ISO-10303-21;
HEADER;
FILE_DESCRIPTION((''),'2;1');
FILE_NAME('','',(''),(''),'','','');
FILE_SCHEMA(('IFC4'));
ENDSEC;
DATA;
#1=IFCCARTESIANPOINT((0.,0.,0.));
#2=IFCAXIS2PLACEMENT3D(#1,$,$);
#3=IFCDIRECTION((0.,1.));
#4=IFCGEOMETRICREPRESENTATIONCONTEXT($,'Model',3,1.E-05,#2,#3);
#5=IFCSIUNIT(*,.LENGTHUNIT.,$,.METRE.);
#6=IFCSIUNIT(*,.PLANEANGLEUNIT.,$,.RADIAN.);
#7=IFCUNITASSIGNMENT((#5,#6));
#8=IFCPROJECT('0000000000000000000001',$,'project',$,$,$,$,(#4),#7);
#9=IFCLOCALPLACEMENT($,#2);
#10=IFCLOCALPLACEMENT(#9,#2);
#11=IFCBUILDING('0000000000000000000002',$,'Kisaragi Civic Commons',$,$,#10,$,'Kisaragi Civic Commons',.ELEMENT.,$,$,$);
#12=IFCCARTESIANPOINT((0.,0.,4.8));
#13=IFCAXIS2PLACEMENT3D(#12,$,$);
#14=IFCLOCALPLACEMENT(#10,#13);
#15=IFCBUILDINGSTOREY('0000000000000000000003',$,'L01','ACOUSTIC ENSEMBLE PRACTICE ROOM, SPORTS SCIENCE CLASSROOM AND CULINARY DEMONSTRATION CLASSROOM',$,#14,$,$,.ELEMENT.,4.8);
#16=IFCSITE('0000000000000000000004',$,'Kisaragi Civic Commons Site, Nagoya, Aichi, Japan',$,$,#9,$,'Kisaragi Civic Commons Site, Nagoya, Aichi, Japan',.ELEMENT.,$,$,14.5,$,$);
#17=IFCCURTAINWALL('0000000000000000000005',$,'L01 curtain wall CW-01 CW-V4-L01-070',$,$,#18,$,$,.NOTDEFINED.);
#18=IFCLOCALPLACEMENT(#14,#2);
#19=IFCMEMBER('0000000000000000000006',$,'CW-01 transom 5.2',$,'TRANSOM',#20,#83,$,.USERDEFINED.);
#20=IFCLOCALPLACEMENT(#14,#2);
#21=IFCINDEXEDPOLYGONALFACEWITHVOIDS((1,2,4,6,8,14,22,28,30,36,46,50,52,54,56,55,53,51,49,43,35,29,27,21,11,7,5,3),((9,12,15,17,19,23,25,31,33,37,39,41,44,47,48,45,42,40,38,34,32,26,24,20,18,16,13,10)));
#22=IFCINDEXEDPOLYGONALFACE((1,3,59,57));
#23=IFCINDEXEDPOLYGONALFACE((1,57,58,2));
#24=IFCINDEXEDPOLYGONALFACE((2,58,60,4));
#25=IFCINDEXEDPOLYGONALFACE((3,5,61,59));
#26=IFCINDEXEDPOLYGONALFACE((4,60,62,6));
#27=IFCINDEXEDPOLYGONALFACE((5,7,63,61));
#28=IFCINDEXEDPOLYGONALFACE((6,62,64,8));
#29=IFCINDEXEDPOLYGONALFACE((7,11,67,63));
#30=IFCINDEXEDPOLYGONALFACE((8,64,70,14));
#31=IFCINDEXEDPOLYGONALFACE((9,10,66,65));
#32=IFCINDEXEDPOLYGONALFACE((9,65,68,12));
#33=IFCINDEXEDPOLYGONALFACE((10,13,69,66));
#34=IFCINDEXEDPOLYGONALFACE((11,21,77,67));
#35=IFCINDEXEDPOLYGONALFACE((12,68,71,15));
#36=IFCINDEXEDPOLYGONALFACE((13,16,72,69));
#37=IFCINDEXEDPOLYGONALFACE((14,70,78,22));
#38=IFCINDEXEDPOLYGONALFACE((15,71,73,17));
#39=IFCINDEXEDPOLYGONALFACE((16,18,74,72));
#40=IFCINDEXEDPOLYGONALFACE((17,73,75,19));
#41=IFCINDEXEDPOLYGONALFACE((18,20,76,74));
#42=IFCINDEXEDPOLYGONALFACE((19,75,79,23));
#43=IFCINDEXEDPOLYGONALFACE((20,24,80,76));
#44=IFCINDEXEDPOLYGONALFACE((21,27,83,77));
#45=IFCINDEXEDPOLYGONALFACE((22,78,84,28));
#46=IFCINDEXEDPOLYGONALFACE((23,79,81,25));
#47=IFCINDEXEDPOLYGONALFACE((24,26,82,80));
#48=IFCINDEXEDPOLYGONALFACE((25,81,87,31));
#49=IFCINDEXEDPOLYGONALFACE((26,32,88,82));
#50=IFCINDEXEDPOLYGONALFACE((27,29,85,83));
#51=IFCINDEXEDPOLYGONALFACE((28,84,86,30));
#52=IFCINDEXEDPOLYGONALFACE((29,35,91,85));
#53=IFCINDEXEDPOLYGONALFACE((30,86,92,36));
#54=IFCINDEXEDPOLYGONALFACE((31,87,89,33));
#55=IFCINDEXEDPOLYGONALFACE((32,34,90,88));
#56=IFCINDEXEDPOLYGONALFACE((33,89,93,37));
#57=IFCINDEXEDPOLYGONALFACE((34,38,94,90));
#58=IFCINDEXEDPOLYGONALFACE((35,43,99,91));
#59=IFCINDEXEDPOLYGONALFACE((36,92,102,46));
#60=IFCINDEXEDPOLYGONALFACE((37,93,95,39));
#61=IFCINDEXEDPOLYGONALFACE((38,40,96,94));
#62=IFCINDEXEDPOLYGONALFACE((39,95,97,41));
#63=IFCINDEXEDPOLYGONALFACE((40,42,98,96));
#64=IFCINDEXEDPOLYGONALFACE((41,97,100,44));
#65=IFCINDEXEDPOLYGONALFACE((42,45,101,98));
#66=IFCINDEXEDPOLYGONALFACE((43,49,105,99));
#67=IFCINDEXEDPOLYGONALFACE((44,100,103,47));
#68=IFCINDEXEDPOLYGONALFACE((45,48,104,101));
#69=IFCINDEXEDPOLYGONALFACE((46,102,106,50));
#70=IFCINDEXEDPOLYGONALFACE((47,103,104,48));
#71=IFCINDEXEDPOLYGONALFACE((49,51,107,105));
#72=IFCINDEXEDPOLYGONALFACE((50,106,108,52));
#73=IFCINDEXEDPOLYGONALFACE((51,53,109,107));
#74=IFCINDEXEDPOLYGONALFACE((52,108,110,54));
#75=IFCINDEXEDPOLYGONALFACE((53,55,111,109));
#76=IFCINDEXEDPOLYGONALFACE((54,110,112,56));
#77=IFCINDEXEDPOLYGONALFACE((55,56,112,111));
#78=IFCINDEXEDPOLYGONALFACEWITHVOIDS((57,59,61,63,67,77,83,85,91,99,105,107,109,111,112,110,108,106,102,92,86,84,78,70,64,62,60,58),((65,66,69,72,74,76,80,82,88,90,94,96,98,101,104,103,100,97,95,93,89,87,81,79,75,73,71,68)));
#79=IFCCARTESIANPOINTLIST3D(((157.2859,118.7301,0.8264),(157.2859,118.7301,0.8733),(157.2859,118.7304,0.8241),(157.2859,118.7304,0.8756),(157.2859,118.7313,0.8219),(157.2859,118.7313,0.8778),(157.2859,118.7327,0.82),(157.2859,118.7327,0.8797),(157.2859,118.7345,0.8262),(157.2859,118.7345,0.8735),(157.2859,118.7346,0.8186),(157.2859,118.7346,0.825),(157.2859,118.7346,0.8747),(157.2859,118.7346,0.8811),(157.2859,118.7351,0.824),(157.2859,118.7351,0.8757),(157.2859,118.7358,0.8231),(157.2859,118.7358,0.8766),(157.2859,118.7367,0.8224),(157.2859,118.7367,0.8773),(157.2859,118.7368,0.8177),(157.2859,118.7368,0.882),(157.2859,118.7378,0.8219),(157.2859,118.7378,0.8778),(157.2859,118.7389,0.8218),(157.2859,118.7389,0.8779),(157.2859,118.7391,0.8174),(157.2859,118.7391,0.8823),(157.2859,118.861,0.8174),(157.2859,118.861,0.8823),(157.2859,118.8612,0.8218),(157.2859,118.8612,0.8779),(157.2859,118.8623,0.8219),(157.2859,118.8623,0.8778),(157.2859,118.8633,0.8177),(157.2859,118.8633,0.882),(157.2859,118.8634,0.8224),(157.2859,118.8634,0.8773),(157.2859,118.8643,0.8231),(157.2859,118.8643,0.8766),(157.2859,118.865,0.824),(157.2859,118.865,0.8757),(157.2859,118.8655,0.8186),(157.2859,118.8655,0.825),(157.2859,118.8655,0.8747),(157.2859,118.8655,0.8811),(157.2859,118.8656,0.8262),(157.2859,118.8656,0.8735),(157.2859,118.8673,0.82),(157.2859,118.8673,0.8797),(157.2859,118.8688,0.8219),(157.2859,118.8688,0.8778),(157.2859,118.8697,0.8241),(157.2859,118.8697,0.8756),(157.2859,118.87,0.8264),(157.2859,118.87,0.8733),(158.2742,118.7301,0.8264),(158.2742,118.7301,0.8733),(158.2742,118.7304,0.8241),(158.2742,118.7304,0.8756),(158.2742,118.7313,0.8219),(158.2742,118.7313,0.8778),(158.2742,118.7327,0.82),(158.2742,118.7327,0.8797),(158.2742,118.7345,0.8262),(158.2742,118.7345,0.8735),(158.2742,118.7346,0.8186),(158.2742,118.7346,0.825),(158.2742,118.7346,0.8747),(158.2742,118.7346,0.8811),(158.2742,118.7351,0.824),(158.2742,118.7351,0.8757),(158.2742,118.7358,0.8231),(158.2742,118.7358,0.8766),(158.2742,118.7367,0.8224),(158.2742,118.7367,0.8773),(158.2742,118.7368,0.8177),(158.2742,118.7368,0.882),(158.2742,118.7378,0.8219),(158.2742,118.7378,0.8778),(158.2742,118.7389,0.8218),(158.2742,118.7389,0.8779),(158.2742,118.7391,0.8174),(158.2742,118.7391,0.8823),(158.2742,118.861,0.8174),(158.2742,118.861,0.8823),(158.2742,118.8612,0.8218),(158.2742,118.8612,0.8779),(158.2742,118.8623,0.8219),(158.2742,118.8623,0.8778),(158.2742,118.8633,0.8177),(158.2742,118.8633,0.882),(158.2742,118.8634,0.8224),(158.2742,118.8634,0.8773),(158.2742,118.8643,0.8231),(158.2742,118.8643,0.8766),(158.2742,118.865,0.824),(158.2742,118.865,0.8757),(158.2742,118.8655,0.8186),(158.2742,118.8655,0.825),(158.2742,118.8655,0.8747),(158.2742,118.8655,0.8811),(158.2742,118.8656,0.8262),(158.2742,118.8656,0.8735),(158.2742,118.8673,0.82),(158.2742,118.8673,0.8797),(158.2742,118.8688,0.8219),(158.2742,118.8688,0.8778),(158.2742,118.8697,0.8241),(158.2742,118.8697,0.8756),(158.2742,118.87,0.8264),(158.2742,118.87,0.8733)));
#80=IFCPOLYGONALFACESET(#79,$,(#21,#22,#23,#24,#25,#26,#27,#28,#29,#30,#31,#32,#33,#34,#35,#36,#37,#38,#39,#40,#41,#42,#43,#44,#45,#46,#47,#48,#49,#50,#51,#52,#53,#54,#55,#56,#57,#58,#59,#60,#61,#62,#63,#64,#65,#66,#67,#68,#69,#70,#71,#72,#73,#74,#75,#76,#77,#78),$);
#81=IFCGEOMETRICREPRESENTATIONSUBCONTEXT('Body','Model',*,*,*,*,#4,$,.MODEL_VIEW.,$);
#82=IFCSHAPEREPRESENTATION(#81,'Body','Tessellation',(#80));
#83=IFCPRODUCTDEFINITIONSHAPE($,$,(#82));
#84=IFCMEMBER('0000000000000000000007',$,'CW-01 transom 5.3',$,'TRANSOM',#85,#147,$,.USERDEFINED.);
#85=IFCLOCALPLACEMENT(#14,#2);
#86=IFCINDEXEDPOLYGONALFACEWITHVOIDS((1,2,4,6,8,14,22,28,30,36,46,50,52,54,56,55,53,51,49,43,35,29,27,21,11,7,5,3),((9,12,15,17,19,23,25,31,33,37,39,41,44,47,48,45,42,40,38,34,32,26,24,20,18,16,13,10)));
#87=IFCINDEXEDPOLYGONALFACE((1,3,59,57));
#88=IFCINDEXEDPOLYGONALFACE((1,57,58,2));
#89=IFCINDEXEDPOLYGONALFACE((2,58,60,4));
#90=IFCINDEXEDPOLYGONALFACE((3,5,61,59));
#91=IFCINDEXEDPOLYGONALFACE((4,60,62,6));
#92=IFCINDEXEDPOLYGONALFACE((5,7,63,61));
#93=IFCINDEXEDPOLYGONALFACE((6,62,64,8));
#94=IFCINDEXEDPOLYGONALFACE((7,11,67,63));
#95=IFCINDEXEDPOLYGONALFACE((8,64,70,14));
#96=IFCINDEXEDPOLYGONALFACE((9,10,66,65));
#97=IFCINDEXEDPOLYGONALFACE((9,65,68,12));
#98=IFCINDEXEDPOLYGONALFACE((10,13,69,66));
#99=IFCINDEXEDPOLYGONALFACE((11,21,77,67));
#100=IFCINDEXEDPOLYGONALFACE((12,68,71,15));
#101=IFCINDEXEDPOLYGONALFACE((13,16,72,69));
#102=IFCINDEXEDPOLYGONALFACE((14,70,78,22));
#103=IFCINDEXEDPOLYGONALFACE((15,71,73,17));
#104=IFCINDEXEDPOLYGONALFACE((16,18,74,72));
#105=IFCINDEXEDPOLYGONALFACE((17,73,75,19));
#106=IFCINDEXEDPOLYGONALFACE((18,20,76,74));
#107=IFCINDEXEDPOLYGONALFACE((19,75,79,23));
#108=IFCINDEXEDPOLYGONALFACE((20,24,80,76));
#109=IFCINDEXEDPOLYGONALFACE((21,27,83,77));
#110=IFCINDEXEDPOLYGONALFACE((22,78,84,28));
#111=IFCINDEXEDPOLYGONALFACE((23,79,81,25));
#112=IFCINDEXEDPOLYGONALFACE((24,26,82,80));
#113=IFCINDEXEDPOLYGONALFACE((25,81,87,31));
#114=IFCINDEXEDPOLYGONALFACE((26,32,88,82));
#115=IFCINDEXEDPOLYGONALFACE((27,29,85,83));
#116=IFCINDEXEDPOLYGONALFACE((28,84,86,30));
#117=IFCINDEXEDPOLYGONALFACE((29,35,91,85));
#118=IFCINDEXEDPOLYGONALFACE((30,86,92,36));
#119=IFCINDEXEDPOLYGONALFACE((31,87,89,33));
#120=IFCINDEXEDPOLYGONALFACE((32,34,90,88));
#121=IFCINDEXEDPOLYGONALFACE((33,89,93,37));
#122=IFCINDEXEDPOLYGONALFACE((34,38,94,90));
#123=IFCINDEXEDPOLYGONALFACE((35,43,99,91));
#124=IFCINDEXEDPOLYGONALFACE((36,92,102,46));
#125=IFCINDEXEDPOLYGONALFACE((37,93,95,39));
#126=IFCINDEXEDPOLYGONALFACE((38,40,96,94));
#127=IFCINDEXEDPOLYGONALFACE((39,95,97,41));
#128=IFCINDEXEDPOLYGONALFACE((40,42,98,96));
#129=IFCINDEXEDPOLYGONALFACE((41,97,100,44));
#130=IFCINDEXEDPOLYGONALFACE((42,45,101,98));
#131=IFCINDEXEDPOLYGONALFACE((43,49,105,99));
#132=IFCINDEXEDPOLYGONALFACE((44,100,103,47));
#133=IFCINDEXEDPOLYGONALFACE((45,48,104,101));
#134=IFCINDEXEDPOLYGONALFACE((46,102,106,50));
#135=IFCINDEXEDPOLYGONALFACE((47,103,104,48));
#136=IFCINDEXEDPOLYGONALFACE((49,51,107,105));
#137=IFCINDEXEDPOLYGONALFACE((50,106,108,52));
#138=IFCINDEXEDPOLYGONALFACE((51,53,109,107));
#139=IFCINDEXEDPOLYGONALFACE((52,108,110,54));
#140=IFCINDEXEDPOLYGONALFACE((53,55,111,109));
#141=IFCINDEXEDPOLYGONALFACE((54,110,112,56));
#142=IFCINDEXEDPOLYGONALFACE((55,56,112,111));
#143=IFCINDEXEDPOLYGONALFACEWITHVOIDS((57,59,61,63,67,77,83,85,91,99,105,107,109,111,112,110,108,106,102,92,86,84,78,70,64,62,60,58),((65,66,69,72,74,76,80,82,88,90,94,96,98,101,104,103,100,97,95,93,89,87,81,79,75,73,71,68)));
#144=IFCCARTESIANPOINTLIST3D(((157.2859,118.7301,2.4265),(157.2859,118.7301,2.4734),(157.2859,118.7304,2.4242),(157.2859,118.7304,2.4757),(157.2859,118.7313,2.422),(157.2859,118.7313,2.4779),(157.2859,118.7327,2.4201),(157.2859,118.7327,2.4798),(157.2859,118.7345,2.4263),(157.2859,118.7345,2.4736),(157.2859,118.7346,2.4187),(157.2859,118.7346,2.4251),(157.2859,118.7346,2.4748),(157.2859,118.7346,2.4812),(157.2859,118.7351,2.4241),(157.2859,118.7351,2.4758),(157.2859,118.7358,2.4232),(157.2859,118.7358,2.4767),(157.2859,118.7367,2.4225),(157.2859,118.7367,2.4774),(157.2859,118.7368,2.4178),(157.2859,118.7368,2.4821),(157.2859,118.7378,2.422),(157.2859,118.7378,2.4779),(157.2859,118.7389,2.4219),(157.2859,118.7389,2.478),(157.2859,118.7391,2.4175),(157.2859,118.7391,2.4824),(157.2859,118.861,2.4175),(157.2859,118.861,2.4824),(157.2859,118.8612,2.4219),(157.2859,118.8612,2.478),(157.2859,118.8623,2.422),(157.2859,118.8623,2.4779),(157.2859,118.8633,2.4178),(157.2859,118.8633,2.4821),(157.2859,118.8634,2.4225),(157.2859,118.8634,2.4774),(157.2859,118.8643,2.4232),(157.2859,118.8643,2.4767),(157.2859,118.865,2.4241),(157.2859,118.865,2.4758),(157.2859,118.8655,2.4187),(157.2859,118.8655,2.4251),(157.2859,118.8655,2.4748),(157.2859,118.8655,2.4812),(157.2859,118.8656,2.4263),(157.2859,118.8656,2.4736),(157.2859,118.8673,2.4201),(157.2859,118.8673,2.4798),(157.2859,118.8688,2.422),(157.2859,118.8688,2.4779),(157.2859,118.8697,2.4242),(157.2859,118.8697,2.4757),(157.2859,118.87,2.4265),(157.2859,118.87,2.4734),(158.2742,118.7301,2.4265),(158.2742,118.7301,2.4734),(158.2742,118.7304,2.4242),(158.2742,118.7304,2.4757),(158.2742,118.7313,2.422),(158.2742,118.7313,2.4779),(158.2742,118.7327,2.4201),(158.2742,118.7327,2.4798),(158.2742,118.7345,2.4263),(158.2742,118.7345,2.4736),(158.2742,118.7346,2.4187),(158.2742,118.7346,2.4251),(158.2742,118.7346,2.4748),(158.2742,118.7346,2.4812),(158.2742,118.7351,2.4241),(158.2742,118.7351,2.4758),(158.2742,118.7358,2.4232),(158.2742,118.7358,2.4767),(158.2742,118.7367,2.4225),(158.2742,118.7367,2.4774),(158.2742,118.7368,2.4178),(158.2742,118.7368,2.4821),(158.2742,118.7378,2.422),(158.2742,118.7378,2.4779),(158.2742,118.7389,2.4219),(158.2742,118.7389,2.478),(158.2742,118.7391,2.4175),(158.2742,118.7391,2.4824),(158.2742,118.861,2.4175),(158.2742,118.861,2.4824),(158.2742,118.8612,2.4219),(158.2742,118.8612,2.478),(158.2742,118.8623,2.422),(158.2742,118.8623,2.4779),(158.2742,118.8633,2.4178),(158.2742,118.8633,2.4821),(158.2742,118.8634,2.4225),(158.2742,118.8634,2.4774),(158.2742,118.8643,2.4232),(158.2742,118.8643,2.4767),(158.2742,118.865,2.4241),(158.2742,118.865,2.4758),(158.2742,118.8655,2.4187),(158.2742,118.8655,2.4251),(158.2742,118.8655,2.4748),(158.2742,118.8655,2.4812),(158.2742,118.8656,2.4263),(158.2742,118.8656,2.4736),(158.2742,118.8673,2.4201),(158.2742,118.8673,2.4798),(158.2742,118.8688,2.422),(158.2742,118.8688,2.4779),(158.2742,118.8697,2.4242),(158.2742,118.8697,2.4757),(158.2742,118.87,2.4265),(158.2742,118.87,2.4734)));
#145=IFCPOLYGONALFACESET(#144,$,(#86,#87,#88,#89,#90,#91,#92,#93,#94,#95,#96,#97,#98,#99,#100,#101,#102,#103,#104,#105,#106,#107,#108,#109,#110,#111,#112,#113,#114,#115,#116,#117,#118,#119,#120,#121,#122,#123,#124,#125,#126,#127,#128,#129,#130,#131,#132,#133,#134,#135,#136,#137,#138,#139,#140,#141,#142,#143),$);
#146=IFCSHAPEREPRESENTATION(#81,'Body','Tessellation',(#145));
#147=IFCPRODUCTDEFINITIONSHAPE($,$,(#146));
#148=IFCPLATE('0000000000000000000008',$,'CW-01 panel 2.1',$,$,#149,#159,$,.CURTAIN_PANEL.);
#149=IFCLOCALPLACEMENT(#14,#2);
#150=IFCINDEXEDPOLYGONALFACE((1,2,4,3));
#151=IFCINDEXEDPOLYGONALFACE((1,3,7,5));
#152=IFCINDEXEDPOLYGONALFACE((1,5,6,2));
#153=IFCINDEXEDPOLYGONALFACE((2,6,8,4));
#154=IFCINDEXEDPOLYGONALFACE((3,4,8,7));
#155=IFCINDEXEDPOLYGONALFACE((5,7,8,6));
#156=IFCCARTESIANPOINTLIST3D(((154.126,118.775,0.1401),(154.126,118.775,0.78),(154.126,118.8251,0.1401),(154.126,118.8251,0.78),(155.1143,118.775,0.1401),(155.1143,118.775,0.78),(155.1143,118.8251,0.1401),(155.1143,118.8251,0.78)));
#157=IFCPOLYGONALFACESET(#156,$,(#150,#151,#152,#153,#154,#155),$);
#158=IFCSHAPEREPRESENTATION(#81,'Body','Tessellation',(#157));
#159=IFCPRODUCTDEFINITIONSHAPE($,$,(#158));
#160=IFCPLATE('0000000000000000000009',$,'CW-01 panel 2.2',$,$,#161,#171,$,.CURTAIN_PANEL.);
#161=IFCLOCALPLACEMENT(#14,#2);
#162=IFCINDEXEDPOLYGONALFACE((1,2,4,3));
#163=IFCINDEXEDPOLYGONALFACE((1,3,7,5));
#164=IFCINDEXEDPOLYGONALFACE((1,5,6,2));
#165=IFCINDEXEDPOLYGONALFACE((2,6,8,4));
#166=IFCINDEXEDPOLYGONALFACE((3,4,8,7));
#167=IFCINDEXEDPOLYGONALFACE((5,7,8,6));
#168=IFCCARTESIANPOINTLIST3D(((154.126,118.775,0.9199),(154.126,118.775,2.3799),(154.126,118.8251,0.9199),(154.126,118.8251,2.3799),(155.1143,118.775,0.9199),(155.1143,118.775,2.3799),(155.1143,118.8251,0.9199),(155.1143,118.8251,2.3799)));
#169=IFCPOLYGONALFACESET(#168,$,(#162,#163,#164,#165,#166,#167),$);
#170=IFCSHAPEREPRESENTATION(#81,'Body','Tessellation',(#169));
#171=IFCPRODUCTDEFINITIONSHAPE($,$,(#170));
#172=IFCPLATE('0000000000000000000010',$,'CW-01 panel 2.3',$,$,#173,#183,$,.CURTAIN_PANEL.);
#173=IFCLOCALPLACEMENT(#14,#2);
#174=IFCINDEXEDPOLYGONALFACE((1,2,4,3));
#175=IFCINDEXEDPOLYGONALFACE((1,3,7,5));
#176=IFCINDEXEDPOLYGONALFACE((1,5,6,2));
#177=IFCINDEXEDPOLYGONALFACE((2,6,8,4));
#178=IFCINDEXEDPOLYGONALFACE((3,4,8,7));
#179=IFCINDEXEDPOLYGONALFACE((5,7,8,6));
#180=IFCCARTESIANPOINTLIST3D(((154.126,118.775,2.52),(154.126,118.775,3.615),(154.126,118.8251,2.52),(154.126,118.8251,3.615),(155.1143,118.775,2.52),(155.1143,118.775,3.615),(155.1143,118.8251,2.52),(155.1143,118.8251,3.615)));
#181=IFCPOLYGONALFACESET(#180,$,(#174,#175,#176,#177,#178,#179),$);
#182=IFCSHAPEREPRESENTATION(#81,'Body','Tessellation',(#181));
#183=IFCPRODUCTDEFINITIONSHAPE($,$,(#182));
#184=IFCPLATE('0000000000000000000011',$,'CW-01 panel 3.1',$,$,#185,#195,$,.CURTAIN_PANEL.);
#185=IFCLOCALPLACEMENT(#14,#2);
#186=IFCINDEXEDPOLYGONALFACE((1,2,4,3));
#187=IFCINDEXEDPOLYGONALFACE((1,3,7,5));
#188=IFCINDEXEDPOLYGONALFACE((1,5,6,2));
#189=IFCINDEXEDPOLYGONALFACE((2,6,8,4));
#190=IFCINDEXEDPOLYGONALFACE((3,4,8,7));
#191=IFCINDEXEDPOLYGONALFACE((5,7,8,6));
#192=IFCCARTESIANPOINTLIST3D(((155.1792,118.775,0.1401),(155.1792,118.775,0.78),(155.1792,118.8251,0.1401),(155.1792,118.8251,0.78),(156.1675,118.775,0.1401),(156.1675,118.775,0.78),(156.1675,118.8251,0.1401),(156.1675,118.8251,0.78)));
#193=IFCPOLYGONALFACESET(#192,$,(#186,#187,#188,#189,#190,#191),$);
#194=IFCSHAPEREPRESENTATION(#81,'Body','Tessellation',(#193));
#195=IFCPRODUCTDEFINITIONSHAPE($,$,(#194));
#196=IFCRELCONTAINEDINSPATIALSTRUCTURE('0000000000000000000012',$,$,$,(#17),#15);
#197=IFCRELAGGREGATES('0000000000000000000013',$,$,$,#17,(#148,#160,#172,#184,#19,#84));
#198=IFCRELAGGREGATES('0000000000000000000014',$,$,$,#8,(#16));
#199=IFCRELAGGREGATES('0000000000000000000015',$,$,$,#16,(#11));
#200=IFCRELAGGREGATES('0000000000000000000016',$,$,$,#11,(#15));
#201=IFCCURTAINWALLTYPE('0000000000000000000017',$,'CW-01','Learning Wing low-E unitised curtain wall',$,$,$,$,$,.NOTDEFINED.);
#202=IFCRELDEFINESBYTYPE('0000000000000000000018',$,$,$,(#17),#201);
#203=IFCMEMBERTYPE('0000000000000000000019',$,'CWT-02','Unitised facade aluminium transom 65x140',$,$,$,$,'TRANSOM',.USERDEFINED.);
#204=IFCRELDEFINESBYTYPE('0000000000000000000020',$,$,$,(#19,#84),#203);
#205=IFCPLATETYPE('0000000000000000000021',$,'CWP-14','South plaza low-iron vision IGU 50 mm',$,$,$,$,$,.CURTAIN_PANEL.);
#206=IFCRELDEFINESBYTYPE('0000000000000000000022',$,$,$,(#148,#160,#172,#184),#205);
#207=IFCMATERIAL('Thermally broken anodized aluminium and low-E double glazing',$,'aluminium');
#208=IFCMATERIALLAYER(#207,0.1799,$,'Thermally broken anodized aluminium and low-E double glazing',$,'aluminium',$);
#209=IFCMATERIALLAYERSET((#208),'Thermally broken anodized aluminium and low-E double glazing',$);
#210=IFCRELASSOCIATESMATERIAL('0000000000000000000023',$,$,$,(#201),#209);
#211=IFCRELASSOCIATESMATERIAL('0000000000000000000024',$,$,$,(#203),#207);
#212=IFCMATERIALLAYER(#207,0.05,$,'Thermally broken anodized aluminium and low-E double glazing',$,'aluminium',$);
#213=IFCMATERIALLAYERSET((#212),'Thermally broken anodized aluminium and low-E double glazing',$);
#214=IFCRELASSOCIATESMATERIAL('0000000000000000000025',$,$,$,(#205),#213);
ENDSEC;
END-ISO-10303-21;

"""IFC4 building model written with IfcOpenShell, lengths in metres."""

from ifc_helpers import new_model, si_unit, direction, frame, origin, origin_2d, place, context, subcontext, project, spatial, rectangle, hollow_rectangle, extrude, material, layer, layer_set, material_profile, profile_set, type_object, element, aggregate, save


model = new_model("IFC4")

# Units and contexts
model_context = context("Model", 3, precision=1e-05, world=origin(), true_north=direction((0.0, 1.0)))
body_context = subcontext(model_context, "Body", "Model", "MODEL_VIEW")
ifc_project = project(units=[si_unit("LENGTHUNIT", "METRE"), si_unit("PLANEANGLEUNIT", "RADIAN")], contexts=[model_context])

# Site, building, storey
site_placement = place(None, origin())
site = spatial("IfcSite", under=ifc_project, at=site_placement, Name="Kisaragi Civic Commons Site, Nagoya, Aichi, Japan", LongName="Kisaragi Civic Commons Site, Nagoya, Aichi, Japan", CompositionType="ELEMENT", RefElevation=14.5)
building_placement = place(site_placement, origin())
building = spatial("IfcBuilding", under=site, at=building_placement, Name="Kisaragi Civic Commons", LongName="Kisaragi Civic Commons", CompositionType="ELEMENT")
storey_placement = place(building_placement, frame((0.0, 0.0, 4.8)))
storey = spatial("IfcBuildingStorey", under=building, at=storey_placement, Name="L01", Description="ACOUSTIC ENSEMBLE PRACTICE ROOM, SPORTS SCIENCE CLASSROOM AND CULINARY DEMONSTRATION CLASSROOM", CompositionType="ELEMENT", Elevation=4.8)

# Curtain wall, members, plates
ifc_material = material(Name="Thermally broken anodized aluminium and low-E double glazing", Category="aluminium")
ifc_layer_1 = layer(ifc_material, 0.1799, Name="Thermally broken anodized aluminium and low-E double glazing", Category="aluminium")
ifc_layer_set_1 = layer_set([ifc_layer_1], Name="Thermally broken anodized aluminium and low-E double glazing")
curtain_wall_type = type_object("IfcCurtainWallType", Name="CW-01", Description="Learning Wing low-E unitised curtain wall", PredefinedType="NOTDEFINED", material=ifc_layer_set_1)
curtain_wall_placement = place(storey_placement, origin())
curtain_wall = element("IfcCurtainWall", 1, at=curtain_wall_placement, inside=storey, type_object=curtain_wall_type, Name="L01 curtain wall CW-01 CW-V4-L01-070", PredefinedType="NOTDEFINED")
ifc_material_profile_1 = material_profile(ifc_material, hollow_rectangle(XDim=0.1399, YDim=0.0649, WallThickness=0.0044, InnerFilletRadius=0.0044, OuterFilletRadius=0.009, at=origin_2d()), Name="CWT-65x140x4.5", Category="aluminium")
ifc_profile_set_1 = profile_set([ifc_material_profile_1], Name="Thermally broken anodized aluminium and low-E double glazing")
member_type_1 = type_object("IfcMemberType", Name="CWT-02", Description="Unitised facade aluminium transom 65x140", ElementType="TRANSOM", PredefinedType="USERDEFINED", material=ifc_profile_set_1)
member_1_placement = place(storey_placement, frame((157.2859, 118.8, 0.8499), z_axis=(1.0, 0.0, 0.0), x_axis=(0.0, 1.0, 0.0)))
member_1 = element("IfcMember", 2, at=member_1_placement, type_object=member_type_1, Name="CW-01 transom 5.2", ObjectType="TRANSOM", PredefinedType="USERDEFINED", context=body_context, shape_type="SweptSolid", body=[
    extrude(hollow_rectangle(XDim=0.1399, YDim=0.0649, WallThickness=0.0044, InnerFilletRadius=0.0044, OuterFilletRadius=0.009, at=origin_2d()), origin(), (0.0, 0.0, 1.0), 0.9883),
])
member_2_placement = place(storey_placement, frame((157.2859, 118.8, 2.45), z_axis=(1.0, 0.0, 0.0), x_axis=(0.0, 1.0, 0.0)))
member_2 = element("IfcMember", 3, at=member_2_placement, type_object=member_type_1, Name="CW-01 transom 5.3", ObjectType="TRANSOM", PredefinedType="USERDEFINED", context=body_context, shape_type="SweptSolid", body=[
    extrude(hollow_rectangle(XDim=0.1399, YDim=0.0649, WallThickness=0.0044, InnerFilletRadius=0.0044, OuterFilletRadius=0.009, at=origin_2d()), origin(), (0.0, 0.0, 1.0), 0.9883),
])
ifc_layer_2 = layer(ifc_material, 0.05, Name="Thermally broken anodized aluminium and low-E double glazing", Category="aluminium")
ifc_layer_set_2 = layer_set([ifc_layer_2], Name="Thermally broken anodized aluminium and low-E double glazing")
plate_type = type_object("IfcPlateType", Name="CWP-14", Description="South plaza low-iron vision IGU 50 mm", PredefinedType="CURTAIN_PANEL", material=ifc_layer_set_2)
plate_1_placement = place(storey_placement, frame((154.6201, 118.8, 0.1401), z_axis=(0.0, 0.0, 1.0), x_axis=(1.0, 0.0, 0.0)))
plate_1 = element("IfcPlate", 4, at=plate_1_placement, type_object=plate_type, Name="CW-01 panel 2.1", PredefinedType="CURTAIN_PANEL", context=body_context, shape_type="SweptSolid", body=[
    extrude(rectangle(XDim=0.9883, YDim=0.05, at=origin_2d()), origin(), (0.0, 0.0, 1.0), 0.6399),
])
plate_2_placement = place(storey_placement, frame((154.6201, 118.8, 0.9199), z_axis=(0.0, 0.0, 1.0), x_axis=(1.0, 0.0, 0.0)))
plate_2 = element("IfcPlate", 5, at=plate_2_placement, type_object=plate_type, Name="CW-01 panel 2.2", PredefinedType="CURTAIN_PANEL", context=body_context, shape_type="SweptSolid", body=[
    extrude(rectangle(XDim=0.9883, YDim=0.05, at=origin_2d()), origin(), (0.0, 0.0, 1.0), 1.46),
])
plate_3_placement = place(storey_placement, frame((154.6201, 118.8, 2.52), z_axis=(0.0, 0.0, 1.0), x_axis=(1.0, 0.0, 0.0)))
plate_3 = element("IfcPlate", 6, at=plate_3_placement, type_object=plate_type, Name="CW-01 panel 2.3", PredefinedType="CURTAIN_PANEL", context=body_context, shape_type="SweptSolid", body=[
    extrude(rectangle(XDim=0.9883, YDim=0.05, at=origin_2d()), origin(), (0.0, 0.0, 1.0), 1.095),
])
plate_4_placement = place(storey_placement, frame((155.6733, 118.8, 0.1401), z_axis=(0.0, 0.0, 1.0), x_axis=(1.0, 0.0, 0.0)))
plate_4 = element("IfcPlate", 7, at=plate_4_placement, type_object=plate_type, Name="CW-01 panel 3.1", PredefinedType="CURTAIN_PANEL", context=body_context, shape_type="SweptSolid", body=[
    extrude(rectangle(XDim=0.9883, YDim=0.05, at=origin_2d()), origin(), (0.0, 0.0, 1.0), 0.6399),
])
aggregate(curtain_wall, [plate_1, plate_2, plate_3, plate_4, member_1, member_2])

save(model, "model.ifc")
